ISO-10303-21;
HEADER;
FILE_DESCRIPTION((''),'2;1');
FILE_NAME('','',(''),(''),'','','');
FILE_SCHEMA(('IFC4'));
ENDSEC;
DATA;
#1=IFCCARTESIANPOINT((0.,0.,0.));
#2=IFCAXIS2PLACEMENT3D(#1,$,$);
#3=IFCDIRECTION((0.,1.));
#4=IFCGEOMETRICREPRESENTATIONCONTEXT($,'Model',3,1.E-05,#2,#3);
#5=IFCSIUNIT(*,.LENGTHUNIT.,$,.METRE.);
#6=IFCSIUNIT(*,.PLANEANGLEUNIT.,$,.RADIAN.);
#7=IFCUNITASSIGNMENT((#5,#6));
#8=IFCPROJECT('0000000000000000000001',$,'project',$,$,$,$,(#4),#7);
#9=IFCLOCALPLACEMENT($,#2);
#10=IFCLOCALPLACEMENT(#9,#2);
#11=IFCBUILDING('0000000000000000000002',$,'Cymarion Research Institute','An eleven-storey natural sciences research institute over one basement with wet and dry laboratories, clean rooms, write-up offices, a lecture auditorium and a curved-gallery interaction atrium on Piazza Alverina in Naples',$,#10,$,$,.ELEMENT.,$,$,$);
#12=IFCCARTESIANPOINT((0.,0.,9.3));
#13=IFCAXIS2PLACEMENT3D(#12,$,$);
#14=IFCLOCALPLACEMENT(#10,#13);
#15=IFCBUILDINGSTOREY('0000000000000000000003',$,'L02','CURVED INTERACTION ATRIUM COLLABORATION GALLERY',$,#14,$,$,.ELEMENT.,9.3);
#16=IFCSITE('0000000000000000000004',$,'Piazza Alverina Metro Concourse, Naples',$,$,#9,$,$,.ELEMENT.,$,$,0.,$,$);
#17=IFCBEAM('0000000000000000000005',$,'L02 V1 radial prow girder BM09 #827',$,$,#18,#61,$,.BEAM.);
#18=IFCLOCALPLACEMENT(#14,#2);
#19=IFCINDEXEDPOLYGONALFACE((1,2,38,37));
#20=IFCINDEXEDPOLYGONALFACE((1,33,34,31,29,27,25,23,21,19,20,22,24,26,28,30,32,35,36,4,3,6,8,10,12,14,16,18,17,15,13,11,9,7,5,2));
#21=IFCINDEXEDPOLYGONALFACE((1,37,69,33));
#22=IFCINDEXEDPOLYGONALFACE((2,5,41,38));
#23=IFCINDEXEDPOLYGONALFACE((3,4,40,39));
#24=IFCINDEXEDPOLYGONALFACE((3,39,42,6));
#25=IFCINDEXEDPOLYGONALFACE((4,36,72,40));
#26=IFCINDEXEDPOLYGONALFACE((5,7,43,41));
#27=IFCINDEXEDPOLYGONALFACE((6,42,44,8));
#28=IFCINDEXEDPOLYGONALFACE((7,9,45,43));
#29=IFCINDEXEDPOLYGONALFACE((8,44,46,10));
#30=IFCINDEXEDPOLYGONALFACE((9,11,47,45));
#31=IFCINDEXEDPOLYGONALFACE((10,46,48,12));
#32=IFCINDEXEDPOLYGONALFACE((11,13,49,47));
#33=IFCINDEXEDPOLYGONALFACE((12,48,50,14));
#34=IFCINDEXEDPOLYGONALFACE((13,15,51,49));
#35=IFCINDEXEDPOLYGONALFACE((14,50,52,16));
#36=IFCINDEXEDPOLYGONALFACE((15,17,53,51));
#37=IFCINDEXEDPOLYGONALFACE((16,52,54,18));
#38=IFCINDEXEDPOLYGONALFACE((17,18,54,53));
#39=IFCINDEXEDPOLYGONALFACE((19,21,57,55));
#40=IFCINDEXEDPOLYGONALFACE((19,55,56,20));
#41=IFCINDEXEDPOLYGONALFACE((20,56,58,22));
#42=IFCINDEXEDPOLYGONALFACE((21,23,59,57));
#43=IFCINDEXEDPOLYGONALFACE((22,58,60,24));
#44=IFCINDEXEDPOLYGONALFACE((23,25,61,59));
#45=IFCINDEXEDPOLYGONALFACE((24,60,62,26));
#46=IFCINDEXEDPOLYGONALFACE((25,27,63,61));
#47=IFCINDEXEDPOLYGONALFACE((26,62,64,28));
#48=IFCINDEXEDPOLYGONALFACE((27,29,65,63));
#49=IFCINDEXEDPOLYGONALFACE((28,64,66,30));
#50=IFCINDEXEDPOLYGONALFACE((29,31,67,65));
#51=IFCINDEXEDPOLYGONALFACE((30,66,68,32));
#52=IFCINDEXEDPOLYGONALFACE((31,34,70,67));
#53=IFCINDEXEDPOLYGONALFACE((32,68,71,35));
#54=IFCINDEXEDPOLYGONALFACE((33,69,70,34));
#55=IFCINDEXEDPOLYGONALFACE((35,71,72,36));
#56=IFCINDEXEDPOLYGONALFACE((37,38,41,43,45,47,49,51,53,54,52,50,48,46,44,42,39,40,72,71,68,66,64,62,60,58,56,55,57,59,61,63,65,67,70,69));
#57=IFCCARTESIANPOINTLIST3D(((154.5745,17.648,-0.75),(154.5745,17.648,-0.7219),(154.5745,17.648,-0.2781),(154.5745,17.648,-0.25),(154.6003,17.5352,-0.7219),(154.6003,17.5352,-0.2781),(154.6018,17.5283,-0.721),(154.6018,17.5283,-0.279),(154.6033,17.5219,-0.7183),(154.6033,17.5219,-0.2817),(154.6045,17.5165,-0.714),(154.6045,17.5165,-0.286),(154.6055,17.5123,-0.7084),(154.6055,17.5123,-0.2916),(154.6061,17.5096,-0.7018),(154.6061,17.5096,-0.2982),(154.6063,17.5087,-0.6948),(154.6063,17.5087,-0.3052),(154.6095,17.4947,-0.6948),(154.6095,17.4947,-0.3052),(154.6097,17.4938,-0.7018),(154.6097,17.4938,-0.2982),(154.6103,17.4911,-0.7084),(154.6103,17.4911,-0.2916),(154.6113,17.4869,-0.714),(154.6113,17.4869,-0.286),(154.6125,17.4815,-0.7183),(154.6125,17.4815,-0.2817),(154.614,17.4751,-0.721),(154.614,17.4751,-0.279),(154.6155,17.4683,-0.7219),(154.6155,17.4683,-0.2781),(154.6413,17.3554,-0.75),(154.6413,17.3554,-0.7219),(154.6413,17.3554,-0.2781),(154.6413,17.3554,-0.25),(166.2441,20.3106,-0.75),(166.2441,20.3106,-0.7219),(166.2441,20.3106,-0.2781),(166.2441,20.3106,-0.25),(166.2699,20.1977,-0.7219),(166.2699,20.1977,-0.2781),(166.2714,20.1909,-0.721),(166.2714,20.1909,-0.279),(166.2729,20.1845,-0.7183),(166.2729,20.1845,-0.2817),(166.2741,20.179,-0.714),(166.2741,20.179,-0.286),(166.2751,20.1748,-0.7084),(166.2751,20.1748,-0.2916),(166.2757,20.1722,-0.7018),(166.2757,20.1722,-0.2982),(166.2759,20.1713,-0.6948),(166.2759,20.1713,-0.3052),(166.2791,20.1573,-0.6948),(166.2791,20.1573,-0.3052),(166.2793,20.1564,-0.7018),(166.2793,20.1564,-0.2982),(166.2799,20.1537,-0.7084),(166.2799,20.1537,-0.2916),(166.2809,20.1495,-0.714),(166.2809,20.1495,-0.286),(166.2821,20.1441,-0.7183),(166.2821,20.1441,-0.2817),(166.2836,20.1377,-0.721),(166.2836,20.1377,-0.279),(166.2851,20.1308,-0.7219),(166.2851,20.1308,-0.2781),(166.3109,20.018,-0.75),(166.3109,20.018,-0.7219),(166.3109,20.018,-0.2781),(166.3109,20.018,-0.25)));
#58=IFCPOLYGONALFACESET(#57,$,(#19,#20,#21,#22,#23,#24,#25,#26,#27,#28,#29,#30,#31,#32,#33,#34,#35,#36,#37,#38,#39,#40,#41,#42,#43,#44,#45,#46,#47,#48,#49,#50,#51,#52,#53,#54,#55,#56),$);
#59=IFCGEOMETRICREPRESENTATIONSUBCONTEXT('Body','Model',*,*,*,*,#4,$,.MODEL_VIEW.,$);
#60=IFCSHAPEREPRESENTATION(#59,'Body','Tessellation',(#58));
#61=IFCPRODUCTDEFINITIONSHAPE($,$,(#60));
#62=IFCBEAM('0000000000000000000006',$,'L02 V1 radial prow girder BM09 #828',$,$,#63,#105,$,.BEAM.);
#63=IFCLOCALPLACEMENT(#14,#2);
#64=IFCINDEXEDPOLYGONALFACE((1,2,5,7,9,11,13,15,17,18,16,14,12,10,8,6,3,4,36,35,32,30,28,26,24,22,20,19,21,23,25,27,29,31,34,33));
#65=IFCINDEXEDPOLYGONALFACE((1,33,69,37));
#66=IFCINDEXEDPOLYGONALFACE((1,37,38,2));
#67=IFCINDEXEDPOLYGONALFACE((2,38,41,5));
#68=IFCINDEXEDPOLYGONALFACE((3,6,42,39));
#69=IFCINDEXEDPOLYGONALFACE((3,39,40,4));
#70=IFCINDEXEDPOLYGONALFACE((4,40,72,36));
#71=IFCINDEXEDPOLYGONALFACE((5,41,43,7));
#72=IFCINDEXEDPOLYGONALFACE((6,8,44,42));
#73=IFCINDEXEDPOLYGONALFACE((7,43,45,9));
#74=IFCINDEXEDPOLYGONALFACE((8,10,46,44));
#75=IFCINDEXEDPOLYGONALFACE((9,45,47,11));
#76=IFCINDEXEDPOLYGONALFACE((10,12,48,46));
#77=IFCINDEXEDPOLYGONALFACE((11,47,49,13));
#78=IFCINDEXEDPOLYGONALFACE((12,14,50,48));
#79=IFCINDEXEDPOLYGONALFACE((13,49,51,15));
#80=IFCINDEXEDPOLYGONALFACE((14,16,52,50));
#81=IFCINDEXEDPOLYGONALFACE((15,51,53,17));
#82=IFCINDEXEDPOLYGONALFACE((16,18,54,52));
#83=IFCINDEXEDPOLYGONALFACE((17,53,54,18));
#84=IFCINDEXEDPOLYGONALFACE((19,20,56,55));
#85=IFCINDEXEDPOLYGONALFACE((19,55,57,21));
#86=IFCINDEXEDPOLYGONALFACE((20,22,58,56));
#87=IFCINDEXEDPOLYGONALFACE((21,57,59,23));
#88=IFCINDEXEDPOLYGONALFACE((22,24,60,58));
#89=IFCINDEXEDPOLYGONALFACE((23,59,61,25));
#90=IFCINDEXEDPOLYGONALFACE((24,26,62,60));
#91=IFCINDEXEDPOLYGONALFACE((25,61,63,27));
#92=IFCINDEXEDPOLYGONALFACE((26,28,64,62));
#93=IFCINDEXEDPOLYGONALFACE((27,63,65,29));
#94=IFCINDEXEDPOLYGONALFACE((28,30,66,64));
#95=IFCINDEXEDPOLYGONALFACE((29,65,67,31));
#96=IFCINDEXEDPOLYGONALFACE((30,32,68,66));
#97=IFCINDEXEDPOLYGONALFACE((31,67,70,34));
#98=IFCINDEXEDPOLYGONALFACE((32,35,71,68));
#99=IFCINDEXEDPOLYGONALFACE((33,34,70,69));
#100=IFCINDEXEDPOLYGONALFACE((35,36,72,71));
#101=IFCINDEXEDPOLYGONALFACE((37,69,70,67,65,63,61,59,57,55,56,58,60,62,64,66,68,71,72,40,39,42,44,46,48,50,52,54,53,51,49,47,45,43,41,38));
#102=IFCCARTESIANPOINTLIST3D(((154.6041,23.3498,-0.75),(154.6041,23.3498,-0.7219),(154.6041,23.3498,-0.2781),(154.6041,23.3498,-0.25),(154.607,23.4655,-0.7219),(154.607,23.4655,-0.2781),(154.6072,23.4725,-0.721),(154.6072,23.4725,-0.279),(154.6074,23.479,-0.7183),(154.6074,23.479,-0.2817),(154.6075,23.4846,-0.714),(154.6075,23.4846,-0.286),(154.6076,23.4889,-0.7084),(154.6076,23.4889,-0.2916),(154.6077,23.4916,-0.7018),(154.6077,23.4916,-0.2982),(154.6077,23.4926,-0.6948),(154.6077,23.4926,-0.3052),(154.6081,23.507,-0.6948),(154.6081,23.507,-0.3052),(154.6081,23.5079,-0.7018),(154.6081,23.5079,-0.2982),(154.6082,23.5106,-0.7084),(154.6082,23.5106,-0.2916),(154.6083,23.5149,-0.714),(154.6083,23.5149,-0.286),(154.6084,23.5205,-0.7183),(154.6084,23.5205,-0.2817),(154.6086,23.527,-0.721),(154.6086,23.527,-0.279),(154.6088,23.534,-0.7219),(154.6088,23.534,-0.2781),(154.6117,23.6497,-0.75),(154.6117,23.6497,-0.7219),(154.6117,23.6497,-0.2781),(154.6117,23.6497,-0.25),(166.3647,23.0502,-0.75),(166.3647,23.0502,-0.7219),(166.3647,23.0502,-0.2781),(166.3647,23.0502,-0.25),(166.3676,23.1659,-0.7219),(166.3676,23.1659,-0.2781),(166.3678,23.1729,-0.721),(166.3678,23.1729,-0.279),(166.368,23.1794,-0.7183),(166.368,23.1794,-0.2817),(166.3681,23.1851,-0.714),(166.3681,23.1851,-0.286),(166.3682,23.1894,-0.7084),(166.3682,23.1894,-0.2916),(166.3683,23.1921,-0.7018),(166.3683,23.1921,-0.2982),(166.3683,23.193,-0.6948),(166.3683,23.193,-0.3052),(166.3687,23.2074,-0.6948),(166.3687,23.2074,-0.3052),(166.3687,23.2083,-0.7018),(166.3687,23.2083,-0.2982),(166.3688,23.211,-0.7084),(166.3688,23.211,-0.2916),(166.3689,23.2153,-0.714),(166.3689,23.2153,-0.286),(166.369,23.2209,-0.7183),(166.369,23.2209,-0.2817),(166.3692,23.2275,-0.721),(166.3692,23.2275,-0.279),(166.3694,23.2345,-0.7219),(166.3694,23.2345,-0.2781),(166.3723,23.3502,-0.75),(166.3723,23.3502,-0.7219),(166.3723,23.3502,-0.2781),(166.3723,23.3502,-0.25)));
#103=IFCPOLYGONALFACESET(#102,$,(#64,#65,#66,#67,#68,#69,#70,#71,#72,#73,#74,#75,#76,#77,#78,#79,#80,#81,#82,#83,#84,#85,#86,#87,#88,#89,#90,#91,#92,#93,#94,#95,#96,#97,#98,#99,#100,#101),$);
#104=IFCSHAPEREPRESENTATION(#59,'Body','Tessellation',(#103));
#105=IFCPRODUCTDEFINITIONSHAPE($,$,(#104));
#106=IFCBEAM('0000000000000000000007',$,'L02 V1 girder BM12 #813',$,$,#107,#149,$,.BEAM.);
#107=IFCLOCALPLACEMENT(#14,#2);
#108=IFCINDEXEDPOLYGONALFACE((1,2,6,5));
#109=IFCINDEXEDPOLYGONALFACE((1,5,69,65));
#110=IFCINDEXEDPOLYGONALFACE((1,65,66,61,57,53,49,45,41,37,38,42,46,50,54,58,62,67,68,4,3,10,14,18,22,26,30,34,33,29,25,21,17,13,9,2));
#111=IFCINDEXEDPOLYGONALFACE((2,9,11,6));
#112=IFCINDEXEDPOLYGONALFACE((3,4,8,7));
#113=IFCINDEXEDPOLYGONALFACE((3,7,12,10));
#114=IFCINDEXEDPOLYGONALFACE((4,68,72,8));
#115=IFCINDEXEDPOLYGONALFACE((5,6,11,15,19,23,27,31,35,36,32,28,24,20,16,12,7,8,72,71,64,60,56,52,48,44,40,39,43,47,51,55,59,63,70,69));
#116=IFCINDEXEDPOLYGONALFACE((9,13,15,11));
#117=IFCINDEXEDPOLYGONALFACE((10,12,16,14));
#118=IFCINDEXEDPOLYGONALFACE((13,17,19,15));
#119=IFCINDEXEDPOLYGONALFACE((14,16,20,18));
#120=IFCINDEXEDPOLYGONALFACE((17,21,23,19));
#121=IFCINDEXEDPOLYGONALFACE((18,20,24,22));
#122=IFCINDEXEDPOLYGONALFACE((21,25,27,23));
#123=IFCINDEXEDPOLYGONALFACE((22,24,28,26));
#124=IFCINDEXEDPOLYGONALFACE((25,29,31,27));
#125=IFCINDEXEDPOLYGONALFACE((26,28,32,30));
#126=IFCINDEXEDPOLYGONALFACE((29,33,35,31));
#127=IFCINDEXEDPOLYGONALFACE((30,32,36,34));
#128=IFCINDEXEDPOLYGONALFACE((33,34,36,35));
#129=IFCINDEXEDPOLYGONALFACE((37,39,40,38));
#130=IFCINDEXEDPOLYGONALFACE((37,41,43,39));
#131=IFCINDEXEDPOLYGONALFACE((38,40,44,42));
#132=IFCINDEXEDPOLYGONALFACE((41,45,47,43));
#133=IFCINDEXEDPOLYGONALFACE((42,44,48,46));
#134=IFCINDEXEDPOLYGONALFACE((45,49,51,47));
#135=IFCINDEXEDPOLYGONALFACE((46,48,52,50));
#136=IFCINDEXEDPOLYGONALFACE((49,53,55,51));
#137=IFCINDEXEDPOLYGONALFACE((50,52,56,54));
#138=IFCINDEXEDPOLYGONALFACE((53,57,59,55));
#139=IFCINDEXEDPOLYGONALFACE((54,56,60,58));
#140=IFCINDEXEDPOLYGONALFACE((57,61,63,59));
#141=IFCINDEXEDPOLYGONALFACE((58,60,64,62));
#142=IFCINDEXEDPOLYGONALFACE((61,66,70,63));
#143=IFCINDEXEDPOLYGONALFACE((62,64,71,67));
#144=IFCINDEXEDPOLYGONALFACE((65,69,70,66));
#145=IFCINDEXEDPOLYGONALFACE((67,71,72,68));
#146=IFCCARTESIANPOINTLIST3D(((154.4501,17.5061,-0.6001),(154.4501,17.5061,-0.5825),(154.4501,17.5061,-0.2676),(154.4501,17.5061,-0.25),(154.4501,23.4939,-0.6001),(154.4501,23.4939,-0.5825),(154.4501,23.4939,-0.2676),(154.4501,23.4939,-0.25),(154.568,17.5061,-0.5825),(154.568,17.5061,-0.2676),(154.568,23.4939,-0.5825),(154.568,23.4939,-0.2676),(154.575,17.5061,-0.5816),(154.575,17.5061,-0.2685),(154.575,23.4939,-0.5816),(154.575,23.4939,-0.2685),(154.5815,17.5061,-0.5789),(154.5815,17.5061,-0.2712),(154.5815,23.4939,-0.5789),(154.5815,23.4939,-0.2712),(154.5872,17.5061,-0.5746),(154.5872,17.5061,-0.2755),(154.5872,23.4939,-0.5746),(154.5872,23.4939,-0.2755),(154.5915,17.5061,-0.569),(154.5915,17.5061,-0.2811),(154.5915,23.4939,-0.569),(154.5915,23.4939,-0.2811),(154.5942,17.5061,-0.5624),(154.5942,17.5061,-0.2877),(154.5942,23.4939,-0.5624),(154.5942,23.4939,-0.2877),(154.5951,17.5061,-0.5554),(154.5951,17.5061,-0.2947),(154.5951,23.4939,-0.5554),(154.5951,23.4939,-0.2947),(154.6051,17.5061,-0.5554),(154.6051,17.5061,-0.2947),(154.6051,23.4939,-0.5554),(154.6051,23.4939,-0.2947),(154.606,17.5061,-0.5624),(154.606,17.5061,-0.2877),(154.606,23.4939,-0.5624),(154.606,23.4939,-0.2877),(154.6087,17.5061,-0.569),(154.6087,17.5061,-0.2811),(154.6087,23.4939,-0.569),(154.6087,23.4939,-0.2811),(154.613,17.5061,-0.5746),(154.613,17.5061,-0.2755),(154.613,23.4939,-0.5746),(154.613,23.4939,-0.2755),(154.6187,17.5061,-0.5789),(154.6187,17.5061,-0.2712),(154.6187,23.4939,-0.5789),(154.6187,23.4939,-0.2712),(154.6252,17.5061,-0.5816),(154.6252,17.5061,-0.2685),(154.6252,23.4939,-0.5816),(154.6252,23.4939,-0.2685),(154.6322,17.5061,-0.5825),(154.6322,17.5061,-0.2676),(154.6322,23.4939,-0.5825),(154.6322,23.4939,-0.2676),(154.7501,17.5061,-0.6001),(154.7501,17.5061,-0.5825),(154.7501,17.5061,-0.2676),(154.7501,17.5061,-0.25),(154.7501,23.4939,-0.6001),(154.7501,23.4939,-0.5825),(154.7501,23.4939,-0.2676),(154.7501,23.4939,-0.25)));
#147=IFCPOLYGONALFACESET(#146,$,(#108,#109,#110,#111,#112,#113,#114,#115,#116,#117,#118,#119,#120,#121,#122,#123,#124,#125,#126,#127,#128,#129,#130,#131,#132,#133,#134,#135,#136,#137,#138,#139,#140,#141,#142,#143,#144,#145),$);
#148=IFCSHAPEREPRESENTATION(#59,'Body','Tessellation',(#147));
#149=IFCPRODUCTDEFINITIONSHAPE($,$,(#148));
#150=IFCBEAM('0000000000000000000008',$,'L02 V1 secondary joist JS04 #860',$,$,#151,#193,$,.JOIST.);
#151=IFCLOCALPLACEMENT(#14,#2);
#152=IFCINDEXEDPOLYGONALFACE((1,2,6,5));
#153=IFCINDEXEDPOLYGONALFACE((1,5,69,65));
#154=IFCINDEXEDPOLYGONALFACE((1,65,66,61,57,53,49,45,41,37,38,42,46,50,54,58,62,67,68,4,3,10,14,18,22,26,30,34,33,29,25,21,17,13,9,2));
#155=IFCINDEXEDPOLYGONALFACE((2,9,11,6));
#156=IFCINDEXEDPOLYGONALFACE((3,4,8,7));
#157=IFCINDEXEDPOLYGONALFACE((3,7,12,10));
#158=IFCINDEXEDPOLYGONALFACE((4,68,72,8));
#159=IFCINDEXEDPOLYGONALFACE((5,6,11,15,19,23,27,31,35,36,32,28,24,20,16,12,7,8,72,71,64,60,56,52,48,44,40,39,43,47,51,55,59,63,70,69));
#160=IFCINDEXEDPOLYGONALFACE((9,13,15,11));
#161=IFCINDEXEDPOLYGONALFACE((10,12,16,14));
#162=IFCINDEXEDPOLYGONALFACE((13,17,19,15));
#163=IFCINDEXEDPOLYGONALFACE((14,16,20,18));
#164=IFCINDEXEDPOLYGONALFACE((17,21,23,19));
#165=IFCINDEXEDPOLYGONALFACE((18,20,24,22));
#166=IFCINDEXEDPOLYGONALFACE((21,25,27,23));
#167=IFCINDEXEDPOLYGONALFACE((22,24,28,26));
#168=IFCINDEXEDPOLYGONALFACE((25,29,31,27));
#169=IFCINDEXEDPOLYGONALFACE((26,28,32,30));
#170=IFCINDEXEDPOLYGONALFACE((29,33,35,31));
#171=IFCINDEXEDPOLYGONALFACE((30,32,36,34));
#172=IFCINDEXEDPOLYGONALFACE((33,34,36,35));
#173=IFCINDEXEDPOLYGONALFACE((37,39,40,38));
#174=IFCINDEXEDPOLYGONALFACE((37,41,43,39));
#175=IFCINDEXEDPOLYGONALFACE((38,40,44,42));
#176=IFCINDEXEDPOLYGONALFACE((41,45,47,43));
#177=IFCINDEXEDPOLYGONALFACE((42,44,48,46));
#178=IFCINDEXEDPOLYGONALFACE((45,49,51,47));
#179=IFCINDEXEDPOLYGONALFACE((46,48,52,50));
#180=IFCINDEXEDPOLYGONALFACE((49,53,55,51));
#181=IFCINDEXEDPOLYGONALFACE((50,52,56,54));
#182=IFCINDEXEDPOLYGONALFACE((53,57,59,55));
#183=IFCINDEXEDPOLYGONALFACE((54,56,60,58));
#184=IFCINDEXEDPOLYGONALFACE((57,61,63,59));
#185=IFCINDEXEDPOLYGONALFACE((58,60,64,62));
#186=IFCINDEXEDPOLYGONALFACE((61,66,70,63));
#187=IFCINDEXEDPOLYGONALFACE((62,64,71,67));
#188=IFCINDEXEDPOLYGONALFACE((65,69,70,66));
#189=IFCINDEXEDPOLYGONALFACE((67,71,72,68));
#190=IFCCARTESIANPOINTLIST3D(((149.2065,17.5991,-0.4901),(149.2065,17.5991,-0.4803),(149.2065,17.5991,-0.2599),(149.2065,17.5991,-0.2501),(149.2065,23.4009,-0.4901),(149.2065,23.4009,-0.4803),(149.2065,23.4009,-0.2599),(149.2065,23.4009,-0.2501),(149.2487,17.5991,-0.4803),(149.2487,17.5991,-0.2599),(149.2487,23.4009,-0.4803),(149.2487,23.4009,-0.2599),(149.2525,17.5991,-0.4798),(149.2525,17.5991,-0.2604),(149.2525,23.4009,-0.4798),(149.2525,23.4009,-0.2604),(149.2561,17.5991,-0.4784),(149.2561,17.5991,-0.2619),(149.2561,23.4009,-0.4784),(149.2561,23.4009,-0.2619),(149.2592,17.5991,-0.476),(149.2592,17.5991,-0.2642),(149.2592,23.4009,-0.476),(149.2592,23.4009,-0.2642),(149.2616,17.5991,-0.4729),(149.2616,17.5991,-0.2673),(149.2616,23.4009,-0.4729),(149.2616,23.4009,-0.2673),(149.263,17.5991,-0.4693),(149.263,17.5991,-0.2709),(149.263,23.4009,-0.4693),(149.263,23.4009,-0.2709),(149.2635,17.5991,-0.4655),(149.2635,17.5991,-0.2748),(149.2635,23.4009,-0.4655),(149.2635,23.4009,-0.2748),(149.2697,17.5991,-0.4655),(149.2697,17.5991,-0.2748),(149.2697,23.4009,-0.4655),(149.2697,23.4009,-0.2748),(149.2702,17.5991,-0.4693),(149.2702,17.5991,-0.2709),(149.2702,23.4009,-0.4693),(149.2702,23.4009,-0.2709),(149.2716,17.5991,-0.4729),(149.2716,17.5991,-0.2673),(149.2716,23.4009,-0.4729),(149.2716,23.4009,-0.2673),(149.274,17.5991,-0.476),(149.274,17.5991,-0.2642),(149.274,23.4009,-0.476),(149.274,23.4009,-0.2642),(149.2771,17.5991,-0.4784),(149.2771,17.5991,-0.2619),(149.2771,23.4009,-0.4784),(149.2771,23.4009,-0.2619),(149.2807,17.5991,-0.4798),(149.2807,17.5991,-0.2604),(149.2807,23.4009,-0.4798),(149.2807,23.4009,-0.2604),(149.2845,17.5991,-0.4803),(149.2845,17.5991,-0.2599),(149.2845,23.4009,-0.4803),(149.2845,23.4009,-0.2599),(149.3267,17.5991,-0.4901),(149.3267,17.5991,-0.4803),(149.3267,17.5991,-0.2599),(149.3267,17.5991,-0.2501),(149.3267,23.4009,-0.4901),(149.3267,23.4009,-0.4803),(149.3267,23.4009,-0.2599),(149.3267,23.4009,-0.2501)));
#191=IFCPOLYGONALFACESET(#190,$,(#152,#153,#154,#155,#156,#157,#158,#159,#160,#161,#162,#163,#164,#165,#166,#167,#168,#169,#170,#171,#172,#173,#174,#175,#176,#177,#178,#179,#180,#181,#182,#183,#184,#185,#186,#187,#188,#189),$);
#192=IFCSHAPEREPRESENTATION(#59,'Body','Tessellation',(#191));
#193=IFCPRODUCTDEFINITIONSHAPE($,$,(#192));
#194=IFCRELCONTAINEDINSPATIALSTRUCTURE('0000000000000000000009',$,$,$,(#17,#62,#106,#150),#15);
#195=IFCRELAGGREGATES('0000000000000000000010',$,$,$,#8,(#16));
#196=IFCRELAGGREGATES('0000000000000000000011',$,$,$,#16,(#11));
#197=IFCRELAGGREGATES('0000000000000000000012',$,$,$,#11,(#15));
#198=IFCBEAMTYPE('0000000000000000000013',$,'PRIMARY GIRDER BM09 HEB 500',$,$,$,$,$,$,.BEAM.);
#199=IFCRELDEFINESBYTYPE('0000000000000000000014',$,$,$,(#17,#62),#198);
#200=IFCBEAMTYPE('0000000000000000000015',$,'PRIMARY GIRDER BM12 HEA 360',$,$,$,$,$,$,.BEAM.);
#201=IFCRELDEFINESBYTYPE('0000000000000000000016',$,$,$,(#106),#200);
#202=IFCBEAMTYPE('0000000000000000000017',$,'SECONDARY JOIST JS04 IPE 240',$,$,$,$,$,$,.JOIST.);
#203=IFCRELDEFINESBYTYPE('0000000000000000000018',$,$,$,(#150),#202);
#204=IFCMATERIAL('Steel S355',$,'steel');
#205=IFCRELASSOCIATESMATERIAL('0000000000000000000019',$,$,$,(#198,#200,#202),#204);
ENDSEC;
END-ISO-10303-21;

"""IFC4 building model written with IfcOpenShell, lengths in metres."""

from ifc_helpers import new_model, si_unit, direction, frame, origin, origin_2d, place, context, subcontext, project, spatial, i_section, extrude, material, material_profile, profile_set, type_object, element, save


model = new_model("IFC4")

# Units and contexts
model_context = context("Model", 3, precision=1e-05, world=origin(), true_north=direction((0.0, 1.0)))
body_context = subcontext(model_context, "Body", "Model", "MODEL_VIEW")
ifc_project = project(units=[si_unit("LENGTHUNIT", "METRE"), si_unit("PLANEANGLEUNIT", "RADIAN")], contexts=[model_context])

# Site, building, storey
site_placement = place(None, origin())
site = spatial("IfcSite", under=ifc_project, at=site_placement, Name="Piazza Alverina Metro Concourse, Naples", CompositionType="ELEMENT", RefElevation=0.0)
building_placement = place(site_placement, origin())
building = spatial("IfcBuilding", under=site, at=building_placement, Name="Cymarion Research Institute", Description="An eleven-storey natural sciences research institute over one basement with wet and dry laboratories, clean rooms, write-up offices, a lecture auditorium and a curved-gallery interaction atrium on Piazza Alverina in Naples", CompositionType="ELEMENT")
storey_placement = place(building_placement, frame((0.0, 0.0, 9.3)))
storey = spatial("IfcBuildingStorey", under=building, at=storey_placement, Name="L02", Description="CURVED INTERACTION ATRIUM COLLABORATION GALLERY", CompositionType="ELEMENT", Elevation=9.3)

# Shared definitions
ifc_material_1 = material(Name="Steel S355", Category="steel")

# Beams
ifc_material_profile_1 = material_profile(ifc_material_1, i_section(OverallWidth=0.3, OverallDepth=0.5, WebThickness=0.0144, FlangeThickness=0.0281, FilletRadius=0.0271, at=origin_2d()), Name="HEB 500")
ifc_profile_set_1 = profile_set([ifc_material_profile_1], Name="Steel S355")
beam_type_1 = type_object("IfcBeamType", Name="PRIMARY GIRDER BM09 HEB 500", PredefinedType="BEAM", material=ifc_profile_set_1)
beam_1_placement = place(storey_placement, frame((154.6079, 17.5017, -0.5), z_axis=(0.974945, 0.222447, 0.0), x_axis=(-0.222447, 0.974945, 0.0)))
element("IfcBeam", 1, at=beam_1_placement, inside=storey, type_object=beam_type_1, Name="L02 V1 radial prow girder BM09 #827", PredefinedType="BEAM", context=body_context, shape_type="SweptSolid", body=[
    extrude(i_section(OverallWidth=0.3, OverallDepth=0.5, WebThickness=0.0144, FlangeThickness=0.0281, FilletRadius=0.0271, at=origin_2d()), origin(), (0.0, 0.0, 1.0), 11.9695),
])
beam_2_placement = place(storey_placement, frame((154.6079, 23.4998, -0.5), z_axis=(0.999676, -0.025463, 0.0), x_axis=(0.025463, 0.999676, 0.0)))
element("IfcBeam", 2, at=beam_2_placement, inside=storey, type_object=beam_type_1, Name="L02 V1 radial prow girder BM09 #828", PredefinedType="BEAM", context=body_context, shape_type="SweptSolid", body=[
    extrude(i_section(OverallWidth=0.3, OverallDepth=0.5, WebThickness=0.0144, FlangeThickness=0.0281, FilletRadius=0.0271, at=origin_2d()), origin(), (0.0, 0.0, 1.0), 11.7644),
])
ifc_material_profile_2 = material_profile(ifc_material_1, i_section(OverallWidth=0.3, OverallDepth=0.3501, WebThickness=0.01, FlangeThickness=0.0176, FilletRadius=0.0271, at=origin_2d()), Name="HEA 360")
ifc_profile_set_2 = profile_set([ifc_material_profile_2], Name="Steel S355")
beam_type_2 = type_object("IfcBeamType", Name="PRIMARY GIRDER BM12 HEA 360", PredefinedType="BEAM", material=ifc_profile_set_2)
beam_3_placement = place(storey_placement, frame((154.6001, 17.5061, -0.425), z_axis=(0.0, 1.0, 0.0), x_axis=(-1.0, 0.0, 0.0)))
element("IfcBeam", 3, at=beam_3_placement, inside=storey, type_object=beam_type_2, Name="L02 V1 girder BM12 #813", PredefinedType="BEAM", context=body_context, shape_type="SweptSolid", body=[
    extrude(i_section(OverallWidth=0.3, OverallDepth=0.3501, WebThickness=0.01, FlangeThickness=0.0176, FilletRadius=0.0271, at=origin_2d()), origin(), (0.0, 0.0, 1.0), 5.9878),
])
ifc_material_profile_3 = material_profile(ifc_material_1, i_section(OverallWidth=0.1201, OverallDepth=0.24, WebThickness=0.0061, FlangeThickness=0.0098, FilletRadius=0.0149, at=origin_2d()), Name="IPE 240")
ifc_profile_set_3 = profile_set([ifc_material_profile_3], Name="Steel S355")
beam_type_3 = type_object("IfcBeamType", Name="SECONDARY JOIST JS04 IPE 240", PredefinedType="JOIST", material=ifc_profile_set_3)
for number, where, z_axis, x_axis, name in (
    (4, (149.2666, 17.5991, -0.3701), (0.0, 1.0, 0.0), (-1.0, 0.0, 0.0), "L02 V1 secondary joist JS04 #860"),
):
    element("IfcBeam", number, at=place(storey_placement, frame(where, z_axis=z_axis, x_axis=x_axis)), inside=storey, type_object=beam_type_3, Name=name, PredefinedType="JOIST", context=body_context, shape_type="SweptSolid", body=[
        extrude(i_section(OverallWidth=0.1201, OverallDepth=0.24, WebThickness=0.0061, FlangeThickness=0.0098, FilletRadius=0.0149, at=origin_2d()), origin(), (0.0, 0.0, 1.0), 5.8018),
    ])

save(model, "model.ifc")
